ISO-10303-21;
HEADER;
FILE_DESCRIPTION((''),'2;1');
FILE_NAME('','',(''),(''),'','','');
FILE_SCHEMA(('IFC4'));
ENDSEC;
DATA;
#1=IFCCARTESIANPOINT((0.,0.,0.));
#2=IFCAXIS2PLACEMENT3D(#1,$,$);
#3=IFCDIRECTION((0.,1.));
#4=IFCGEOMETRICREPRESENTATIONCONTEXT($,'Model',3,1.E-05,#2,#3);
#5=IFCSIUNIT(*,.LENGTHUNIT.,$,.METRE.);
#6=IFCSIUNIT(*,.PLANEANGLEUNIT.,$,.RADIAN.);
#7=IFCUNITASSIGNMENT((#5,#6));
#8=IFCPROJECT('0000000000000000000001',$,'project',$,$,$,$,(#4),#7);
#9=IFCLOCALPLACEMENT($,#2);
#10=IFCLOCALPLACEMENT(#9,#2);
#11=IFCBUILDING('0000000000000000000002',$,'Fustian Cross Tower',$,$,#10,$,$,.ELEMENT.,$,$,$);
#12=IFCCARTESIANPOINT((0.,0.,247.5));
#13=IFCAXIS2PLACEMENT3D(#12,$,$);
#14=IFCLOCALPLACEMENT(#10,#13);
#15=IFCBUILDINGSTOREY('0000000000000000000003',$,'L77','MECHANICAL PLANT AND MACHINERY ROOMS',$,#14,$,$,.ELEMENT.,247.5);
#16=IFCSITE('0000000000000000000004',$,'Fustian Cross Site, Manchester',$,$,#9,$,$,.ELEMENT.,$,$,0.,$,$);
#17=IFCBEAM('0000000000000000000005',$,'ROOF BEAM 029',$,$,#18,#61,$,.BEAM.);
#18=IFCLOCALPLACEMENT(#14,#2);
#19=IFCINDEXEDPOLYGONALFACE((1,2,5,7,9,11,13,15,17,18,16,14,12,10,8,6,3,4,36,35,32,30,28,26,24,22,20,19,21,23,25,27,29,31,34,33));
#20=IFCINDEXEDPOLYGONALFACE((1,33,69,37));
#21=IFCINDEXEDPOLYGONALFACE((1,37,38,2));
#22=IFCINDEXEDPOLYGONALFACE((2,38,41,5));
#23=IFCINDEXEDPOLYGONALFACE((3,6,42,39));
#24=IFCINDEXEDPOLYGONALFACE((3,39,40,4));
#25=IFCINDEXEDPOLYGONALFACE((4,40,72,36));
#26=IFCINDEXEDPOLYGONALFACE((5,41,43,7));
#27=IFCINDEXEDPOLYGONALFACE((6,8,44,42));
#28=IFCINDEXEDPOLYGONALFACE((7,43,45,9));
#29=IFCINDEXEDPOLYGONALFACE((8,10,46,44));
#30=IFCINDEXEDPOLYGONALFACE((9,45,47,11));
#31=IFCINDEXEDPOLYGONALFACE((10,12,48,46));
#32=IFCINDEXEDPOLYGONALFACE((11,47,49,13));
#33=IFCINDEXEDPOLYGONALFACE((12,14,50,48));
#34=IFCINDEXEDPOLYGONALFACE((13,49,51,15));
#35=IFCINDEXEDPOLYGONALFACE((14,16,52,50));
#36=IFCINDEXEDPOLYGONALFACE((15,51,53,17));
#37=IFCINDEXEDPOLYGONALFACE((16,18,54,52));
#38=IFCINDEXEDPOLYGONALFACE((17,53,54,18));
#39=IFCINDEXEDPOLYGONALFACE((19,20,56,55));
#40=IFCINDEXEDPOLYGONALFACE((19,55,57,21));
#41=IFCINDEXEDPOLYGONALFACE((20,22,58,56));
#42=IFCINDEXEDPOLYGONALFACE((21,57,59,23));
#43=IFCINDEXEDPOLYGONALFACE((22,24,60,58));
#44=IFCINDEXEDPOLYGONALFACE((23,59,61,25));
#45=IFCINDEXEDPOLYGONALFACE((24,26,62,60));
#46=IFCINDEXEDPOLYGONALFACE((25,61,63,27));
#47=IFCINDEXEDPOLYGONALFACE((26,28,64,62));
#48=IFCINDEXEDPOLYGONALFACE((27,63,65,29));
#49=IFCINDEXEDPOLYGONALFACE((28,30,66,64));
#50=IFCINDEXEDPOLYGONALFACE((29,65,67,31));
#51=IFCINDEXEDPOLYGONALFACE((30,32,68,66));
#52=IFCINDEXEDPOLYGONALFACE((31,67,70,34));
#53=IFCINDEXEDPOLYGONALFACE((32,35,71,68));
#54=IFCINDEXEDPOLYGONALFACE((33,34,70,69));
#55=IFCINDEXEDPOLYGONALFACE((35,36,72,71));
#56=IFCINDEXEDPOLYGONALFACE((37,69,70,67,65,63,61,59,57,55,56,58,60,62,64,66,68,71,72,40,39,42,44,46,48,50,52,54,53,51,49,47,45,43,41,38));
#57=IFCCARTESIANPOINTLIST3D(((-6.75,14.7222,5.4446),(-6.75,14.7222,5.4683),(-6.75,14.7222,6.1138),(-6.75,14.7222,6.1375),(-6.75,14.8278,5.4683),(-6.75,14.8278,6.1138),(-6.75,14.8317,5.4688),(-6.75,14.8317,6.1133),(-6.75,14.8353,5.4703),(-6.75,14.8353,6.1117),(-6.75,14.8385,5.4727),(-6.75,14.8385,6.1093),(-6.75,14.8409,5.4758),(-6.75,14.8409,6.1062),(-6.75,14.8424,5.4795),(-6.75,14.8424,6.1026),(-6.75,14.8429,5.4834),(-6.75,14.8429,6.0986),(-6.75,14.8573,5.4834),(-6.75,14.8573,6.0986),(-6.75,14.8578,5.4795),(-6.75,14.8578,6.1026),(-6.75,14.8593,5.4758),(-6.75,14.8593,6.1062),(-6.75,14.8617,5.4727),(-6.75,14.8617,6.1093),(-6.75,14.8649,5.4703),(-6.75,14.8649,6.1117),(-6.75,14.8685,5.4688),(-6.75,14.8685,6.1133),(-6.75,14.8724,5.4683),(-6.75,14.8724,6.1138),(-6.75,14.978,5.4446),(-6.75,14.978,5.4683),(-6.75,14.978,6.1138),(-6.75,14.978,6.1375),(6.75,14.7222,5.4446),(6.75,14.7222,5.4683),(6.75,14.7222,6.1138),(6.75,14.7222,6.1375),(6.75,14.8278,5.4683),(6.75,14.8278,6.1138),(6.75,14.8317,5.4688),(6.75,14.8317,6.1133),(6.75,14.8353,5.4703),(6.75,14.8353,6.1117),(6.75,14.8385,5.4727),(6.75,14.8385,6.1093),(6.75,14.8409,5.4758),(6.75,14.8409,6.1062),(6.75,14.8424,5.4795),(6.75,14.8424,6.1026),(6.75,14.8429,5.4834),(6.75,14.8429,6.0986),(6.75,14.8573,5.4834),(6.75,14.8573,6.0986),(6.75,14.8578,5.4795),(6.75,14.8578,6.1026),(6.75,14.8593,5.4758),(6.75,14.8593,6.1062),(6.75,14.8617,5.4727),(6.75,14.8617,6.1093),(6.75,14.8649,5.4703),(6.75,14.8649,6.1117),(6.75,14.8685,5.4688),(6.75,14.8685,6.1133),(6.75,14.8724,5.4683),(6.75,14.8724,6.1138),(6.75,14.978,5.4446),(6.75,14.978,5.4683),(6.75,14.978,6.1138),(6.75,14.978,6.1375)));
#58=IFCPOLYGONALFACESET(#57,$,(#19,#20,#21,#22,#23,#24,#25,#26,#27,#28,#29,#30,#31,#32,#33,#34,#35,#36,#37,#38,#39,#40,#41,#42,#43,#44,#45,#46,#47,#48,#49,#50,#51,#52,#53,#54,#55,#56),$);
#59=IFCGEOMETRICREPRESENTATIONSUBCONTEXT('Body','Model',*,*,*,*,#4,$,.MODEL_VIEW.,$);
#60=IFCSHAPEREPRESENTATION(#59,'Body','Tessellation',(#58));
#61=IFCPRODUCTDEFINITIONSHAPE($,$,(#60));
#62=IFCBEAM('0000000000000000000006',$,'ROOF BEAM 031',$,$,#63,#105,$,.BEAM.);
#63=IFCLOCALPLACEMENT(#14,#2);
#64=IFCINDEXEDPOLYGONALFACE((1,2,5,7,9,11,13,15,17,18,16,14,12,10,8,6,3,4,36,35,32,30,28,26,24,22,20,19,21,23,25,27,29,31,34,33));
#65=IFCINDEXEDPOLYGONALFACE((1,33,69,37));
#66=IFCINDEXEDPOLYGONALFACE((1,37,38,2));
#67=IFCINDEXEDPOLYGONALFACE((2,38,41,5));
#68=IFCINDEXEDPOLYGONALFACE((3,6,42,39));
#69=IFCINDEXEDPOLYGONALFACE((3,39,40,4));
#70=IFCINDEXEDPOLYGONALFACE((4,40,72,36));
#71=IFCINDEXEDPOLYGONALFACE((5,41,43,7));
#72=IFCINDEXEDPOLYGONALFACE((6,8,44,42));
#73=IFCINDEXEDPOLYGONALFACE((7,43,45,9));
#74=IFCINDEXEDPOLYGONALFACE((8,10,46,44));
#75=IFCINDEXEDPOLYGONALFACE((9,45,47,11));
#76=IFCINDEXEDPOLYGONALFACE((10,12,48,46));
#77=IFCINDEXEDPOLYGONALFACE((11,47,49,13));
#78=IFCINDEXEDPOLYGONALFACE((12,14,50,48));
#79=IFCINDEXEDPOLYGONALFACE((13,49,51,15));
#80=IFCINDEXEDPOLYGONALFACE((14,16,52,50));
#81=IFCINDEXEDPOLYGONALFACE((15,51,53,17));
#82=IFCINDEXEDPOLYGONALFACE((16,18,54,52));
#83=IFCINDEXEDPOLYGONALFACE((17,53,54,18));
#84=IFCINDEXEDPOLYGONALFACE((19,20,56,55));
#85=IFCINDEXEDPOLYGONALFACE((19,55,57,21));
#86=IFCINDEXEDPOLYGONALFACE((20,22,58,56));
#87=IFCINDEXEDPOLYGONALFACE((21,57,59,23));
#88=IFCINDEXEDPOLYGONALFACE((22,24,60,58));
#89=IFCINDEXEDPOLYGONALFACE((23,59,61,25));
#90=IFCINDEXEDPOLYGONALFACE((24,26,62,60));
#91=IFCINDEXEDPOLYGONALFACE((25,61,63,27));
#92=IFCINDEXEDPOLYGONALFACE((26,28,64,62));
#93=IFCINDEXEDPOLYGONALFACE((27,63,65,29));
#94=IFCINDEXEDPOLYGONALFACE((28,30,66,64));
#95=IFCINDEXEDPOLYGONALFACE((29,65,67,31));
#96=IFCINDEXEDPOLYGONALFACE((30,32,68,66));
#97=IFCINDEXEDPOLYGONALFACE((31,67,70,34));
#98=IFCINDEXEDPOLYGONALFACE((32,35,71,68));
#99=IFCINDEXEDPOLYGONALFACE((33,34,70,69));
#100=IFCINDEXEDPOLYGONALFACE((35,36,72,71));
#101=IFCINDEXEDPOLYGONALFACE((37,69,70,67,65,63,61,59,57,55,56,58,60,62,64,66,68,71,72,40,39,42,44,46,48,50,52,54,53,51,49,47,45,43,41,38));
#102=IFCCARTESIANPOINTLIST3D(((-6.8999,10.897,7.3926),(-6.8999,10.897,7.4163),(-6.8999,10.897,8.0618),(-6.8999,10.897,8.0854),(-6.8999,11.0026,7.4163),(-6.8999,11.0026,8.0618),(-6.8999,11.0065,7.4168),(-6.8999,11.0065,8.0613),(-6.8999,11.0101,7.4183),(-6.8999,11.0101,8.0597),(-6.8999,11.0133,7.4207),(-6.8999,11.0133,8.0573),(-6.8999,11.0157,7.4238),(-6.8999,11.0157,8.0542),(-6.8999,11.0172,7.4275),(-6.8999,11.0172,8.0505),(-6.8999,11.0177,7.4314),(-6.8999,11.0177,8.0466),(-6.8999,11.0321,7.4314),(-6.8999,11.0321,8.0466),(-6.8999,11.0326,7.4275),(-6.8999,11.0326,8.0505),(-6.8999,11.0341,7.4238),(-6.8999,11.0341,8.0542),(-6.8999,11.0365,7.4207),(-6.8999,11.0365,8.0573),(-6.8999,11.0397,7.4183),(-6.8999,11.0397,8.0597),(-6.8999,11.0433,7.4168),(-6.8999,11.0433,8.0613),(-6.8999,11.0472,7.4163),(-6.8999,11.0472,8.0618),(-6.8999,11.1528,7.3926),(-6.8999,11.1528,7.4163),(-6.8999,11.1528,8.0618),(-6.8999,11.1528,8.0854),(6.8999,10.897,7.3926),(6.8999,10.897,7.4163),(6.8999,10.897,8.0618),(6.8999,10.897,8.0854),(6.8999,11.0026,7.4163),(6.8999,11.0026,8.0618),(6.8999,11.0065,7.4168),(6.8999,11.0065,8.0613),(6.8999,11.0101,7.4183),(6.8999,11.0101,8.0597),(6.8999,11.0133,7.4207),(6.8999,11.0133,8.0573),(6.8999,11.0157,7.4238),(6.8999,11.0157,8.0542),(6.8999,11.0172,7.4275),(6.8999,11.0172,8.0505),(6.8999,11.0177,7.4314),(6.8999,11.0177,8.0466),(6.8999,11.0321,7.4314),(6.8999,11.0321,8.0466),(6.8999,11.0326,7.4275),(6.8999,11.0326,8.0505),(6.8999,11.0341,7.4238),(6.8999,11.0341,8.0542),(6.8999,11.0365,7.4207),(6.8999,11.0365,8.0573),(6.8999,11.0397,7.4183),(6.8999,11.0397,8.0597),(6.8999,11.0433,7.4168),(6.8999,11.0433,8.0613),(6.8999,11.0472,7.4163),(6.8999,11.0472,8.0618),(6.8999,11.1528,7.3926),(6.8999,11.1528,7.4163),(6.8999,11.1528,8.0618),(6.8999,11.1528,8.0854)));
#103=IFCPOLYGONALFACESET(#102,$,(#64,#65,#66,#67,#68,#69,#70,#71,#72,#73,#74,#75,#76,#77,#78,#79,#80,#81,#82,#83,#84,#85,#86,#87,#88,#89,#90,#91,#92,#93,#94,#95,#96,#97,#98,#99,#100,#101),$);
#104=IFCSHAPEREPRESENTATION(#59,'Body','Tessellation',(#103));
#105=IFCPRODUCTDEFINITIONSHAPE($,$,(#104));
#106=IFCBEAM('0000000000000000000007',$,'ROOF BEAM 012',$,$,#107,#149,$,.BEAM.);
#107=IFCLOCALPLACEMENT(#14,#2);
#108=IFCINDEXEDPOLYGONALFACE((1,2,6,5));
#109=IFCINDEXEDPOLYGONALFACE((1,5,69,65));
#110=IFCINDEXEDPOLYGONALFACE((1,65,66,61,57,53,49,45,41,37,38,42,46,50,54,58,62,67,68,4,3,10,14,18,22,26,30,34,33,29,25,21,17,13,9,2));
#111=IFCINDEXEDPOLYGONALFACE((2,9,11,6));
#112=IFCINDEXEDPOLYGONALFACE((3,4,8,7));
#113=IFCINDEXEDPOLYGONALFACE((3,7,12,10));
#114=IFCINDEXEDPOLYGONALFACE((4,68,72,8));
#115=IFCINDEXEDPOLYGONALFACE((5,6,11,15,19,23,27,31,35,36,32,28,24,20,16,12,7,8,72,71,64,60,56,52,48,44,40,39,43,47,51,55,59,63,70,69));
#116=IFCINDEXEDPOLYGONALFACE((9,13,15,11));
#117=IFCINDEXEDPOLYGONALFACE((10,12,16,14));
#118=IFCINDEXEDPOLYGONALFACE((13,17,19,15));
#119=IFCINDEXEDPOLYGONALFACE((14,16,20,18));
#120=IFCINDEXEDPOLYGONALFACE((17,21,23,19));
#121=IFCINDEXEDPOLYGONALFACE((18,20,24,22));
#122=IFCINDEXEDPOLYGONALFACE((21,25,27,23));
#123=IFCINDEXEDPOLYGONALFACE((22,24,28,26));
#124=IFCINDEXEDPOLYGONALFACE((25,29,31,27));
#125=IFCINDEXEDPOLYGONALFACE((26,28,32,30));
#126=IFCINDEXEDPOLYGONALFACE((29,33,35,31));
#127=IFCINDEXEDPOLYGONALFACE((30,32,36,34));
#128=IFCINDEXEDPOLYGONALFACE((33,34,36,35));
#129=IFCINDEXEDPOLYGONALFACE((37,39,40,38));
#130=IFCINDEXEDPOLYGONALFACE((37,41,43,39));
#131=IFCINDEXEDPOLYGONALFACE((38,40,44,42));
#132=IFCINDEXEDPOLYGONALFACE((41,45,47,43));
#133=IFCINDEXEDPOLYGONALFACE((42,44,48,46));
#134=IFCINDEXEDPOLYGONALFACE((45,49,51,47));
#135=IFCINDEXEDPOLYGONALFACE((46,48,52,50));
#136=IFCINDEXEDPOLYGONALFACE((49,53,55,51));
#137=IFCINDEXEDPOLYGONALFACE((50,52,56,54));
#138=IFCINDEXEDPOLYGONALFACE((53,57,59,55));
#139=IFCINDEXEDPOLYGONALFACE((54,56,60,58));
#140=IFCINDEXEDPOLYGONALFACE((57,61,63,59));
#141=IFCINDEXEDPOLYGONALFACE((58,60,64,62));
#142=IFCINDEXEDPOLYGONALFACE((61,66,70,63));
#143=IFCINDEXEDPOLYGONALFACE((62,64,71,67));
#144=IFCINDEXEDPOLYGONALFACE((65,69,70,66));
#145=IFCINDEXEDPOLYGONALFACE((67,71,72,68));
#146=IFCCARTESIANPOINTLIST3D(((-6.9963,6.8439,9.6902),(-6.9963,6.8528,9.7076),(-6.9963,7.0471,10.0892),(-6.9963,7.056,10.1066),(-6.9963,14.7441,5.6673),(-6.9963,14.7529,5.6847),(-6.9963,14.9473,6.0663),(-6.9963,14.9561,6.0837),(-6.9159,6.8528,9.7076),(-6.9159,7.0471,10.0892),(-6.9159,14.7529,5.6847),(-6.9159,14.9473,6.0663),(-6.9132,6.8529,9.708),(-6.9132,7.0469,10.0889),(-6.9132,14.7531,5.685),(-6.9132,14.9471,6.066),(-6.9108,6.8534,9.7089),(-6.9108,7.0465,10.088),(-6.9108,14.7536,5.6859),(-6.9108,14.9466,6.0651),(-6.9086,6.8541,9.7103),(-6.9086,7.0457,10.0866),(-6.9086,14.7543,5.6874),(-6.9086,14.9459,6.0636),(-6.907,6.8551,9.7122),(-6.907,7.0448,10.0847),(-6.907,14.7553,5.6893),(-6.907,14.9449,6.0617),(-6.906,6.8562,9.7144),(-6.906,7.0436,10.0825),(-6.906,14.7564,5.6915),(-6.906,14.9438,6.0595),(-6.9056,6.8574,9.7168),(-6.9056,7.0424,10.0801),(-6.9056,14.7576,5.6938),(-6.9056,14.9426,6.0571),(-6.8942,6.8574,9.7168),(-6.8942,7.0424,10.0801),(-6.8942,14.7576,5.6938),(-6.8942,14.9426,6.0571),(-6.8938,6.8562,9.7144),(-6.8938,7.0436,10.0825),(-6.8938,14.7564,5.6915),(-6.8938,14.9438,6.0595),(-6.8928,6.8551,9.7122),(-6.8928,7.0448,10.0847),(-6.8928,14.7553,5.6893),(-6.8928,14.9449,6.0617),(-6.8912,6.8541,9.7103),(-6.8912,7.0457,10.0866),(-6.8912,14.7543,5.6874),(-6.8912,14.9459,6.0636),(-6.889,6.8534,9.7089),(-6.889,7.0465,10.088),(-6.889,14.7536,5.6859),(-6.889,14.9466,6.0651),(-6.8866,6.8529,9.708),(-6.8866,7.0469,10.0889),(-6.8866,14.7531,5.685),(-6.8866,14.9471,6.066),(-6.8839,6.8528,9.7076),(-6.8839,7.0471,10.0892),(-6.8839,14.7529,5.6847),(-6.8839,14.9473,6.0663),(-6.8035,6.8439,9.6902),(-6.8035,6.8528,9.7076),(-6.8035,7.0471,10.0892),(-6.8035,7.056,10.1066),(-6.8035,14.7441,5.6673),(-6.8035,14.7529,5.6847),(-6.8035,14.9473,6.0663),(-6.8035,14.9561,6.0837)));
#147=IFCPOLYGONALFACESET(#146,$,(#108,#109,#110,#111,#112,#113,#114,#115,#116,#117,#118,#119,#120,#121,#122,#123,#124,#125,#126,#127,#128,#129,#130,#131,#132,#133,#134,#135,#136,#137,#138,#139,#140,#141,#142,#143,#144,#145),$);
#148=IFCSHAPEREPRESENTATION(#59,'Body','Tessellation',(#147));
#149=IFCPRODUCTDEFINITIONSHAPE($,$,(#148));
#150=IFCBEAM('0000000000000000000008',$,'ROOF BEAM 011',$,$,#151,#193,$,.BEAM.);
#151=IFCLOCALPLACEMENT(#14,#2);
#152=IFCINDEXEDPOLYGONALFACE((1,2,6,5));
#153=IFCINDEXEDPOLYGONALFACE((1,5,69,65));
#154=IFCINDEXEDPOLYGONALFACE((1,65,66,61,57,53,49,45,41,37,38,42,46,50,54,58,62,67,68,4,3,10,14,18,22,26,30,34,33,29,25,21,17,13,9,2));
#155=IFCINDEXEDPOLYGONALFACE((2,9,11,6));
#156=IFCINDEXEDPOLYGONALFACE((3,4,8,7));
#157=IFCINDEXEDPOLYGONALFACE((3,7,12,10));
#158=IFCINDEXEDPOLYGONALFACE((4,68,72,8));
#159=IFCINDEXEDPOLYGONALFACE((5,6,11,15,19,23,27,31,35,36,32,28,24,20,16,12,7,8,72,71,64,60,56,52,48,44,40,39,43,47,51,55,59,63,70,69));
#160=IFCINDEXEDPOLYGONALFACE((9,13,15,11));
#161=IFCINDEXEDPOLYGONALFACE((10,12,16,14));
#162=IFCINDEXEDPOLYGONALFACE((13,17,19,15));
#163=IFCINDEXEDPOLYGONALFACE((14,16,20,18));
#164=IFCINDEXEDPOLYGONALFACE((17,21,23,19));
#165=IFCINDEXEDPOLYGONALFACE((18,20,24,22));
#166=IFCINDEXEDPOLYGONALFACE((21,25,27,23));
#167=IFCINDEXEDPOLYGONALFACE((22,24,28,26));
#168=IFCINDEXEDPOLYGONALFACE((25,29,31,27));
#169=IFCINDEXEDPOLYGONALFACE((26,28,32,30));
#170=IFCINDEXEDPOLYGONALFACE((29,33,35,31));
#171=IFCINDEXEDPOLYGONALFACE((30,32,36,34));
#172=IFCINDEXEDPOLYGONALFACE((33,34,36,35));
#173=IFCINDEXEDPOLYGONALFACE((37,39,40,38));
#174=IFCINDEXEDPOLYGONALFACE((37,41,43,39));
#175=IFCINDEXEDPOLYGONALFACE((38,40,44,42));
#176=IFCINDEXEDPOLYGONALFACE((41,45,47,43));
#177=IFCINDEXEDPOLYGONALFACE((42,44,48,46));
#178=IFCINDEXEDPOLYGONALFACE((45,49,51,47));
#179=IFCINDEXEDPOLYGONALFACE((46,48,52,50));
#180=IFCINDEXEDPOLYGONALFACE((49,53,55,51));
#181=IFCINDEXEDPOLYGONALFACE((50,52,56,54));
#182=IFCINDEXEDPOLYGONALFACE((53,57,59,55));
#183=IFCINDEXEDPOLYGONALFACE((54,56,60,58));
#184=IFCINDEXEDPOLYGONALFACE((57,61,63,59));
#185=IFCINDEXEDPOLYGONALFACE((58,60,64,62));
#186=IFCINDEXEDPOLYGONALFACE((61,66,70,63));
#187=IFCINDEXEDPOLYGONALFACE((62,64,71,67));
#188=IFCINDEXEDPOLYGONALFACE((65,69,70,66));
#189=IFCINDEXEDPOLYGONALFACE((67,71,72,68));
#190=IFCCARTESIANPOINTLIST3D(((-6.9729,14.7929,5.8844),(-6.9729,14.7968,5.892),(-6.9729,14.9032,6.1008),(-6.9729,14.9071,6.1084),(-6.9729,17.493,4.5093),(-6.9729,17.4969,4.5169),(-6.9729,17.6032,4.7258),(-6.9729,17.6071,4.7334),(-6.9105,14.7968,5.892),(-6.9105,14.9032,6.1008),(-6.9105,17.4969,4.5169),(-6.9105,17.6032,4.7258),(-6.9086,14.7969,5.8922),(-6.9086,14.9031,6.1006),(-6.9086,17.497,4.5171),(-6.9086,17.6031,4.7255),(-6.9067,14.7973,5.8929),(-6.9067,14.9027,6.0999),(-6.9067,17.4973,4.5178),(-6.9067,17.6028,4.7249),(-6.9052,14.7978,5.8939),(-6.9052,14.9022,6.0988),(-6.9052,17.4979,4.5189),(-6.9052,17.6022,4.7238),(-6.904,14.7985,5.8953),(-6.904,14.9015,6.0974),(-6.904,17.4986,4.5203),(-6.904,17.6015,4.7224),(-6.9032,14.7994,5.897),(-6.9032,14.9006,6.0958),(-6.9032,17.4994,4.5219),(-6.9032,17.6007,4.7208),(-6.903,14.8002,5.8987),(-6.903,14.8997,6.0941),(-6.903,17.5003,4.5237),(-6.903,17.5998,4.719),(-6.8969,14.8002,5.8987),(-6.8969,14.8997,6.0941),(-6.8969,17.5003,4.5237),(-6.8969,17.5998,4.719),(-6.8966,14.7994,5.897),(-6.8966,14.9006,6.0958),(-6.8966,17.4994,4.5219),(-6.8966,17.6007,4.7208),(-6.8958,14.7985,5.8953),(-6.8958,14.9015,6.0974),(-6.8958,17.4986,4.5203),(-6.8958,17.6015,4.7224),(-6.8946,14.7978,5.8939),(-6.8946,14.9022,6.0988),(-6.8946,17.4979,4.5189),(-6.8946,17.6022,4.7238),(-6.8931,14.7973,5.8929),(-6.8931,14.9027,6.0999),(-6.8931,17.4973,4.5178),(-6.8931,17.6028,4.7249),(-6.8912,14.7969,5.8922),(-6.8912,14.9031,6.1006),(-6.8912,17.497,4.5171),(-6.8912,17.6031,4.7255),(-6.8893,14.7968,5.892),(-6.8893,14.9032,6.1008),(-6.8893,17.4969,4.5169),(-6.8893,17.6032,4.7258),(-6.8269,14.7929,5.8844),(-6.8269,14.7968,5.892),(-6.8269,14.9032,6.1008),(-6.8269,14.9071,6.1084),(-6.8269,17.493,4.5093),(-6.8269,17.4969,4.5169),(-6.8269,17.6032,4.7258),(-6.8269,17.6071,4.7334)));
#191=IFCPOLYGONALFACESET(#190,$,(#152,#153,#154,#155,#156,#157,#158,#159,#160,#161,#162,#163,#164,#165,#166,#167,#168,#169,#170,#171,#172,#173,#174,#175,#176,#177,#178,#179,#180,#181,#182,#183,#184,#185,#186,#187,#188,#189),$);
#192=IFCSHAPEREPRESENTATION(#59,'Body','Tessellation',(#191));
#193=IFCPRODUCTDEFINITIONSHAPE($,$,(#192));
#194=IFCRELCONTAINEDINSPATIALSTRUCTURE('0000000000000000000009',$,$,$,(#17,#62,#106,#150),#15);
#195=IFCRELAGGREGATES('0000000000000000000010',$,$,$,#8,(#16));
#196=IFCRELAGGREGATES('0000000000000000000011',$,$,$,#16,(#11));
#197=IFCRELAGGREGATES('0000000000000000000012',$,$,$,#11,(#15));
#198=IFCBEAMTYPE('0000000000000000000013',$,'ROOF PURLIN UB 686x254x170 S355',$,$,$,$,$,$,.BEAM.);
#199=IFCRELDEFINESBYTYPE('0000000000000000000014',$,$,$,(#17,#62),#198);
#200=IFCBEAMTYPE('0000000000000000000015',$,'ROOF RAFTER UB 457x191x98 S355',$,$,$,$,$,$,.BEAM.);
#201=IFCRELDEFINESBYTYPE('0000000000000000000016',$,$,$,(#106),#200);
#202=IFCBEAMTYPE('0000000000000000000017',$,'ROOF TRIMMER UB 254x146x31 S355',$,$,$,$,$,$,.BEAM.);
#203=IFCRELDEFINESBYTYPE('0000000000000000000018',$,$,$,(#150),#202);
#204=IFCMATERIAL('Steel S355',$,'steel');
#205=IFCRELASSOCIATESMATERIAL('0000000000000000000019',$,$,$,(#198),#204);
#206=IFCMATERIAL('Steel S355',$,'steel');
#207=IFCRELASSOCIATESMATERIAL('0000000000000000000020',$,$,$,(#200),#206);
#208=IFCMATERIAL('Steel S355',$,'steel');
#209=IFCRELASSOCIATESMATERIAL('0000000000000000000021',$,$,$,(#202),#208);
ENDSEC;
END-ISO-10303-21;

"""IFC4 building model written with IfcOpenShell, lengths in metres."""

from ifc_helpers import new_model, si_unit, direction, frame, origin, origin_2d, place, context, subcontext, project, spatial, i_section, extrude, material, material_profile, profile_set, type_object, element, save


model = new_model("IFC4")

# Units and contexts
model_context = context("Model", 3, precision=1e-05, world=origin(), true_north=direction((0.0, 1.0)))
body_context = subcontext(model_context, "Body", "Model", "MODEL_VIEW")
ifc_project = project(units=[si_unit("LENGTHUNIT", "METRE"), si_unit("PLANEANGLEUNIT", "RADIAN")], contexts=[model_context])

# Site, building, storey
site_placement = place(None, origin())
site = spatial("IfcSite", under=ifc_project, at=site_placement, Name="Fustian Cross Site, Manchester", CompositionType="ELEMENT", RefElevation=0.0)
building_placement = place(site_placement, origin())
building = spatial("IfcBuilding", under=site, at=building_placement, Name="Fustian Cross Tower", CompositionType="ELEMENT")
storey_placement = place(building_placement, frame((0.0, 0.0, 247.5)))
storey = spatial("IfcBuildingStorey", under=building, at=storey_placement, Name="L77", Description="MECHANICAL PLANT AND MACHINERY ROOMS", CompositionType="ELEMENT", Elevation=247.5)

# Beams
ifc_material_1 = material(Name="Steel S355", Category="steel")
ifc_material_profile_1 = material_profile(ifc_material_1, i_section(OverallWidth=0.2559, OverallDepth=0.6929, WebThickness=0.0144, FlangeThickness=0.0237, FilletRadius=0.0151, at=origin_2d()), Name="UB 686x254x170")
ifc_profile_set_1 = profile_set([ifc_material_profile_1], Name="Steel S355")
beam_type_1 = type_object("IfcBeamType", Name="ROOF PURLIN UB 686x254x170 S355", PredefinedType="BEAM", material=ifc_profile_set_1)
beam_1_placement = place(storey_placement, frame((-6.75, 14.8501, 5.791), z_axis=(1.0, 0.0, 0.0), x_axis=(0.0, 1.0, 0.0)))
element("IfcBeam", 1, at=beam_1_placement, inside=storey, type_object=beam_type_1, Name="ROOF BEAM 029", PredefinedType="BEAM", context=body_context, shape_type="SweptSolid", body=[
    extrude(i_section(OverallWidth=0.2559, OverallDepth=0.6929, WebThickness=0.0144, FlangeThickness=0.0237, FilletRadius=0.0151, at=origin_2d()), origin(), (0.0, 0.0, 1.0), 13.5),
])
beam_2_placement = place(storey_placement, frame((-6.8999, 11.0249, 7.739), z_axis=(1.0, 0.0, 0.0), x_axis=(0.0, 1.0, 0.0)))
element("IfcBeam", 2, at=beam_2_placement, inside=storey, type_object=beam_type_1, Name="ROOF BEAM 031", PredefinedType="BEAM", context=body_context, shape_type="SweptSolid", body=[
    extrude(i_section(OverallWidth=0.2559, OverallDepth=0.6929, WebThickness=0.0144, FlangeThickness=0.0237, FilletRadius=0.0151, at=origin_2d()), origin(), (0.0, 0.0, 1.0), 13.7998),
])
ifc_material_2 = material(Name="Steel S355", Category="steel")
ifc_material_profile_2 = material_profile(ifc_material_2, i_section(OverallWidth=0.1929, OverallDepth=0.4673, WebThickness=0.0115, FlangeThickness=0.0195, FilletRadius=0.0103, at=origin_2d()), Name="UB 457x191x98")
ifc_profile_set_2 = profile_set([ifc_material_profile_2], Name="Steel S355")
beam_type_2 = type_object("IfcBeamType", Name="ROOF RAFTER UB 457x191x98 S355", PredefinedType="BEAM", material=ifc_profile_set_2)
beam_3_placement = place(storey_placement, frame((-6.8999, 14.8501, 5.8755), z_axis=(0.0, -0.891115, 0.453778), x_axis=(1.0, 0.0, 0.0)))
element("IfcBeam", 3, at=beam_3_placement, inside=storey, type_object=beam_type_2, Name="ROOF BEAM 012", PredefinedType="BEAM", context=body_context, shape_type="SweptSolid", body=[
    extrude(i_section(OverallWidth=0.1929, OverallDepth=0.4673, WebThickness=0.0115, FlangeThickness=0.0195, FilletRadius=0.0103, at=origin_2d()), origin(), (0.0, 0.0, 1.0), 8.8655),
])
ifc_material_3 = material(Name="Steel S355", Category="steel")
ifc_material_profile_3 = material_profile(ifc_material_3, i_section(OverallWidth=0.146, OverallDepth=0.2515, WebThickness=0.0061, FlangeThickness=0.0085, FilletRadius=0.0076, at=origin_2d()), Name="UB 254x146x31")
ifc_profile_set_3 = profile_set([ifc_material_profile_3], Name="Steel S355")
beam_type_3 = type_object("IfcBeamType", Name="ROOF TRIMMER UB 254x146x31 S355", PredefinedType="BEAM", material=ifc_profile_set_3)
beam_4_placement = place(storey_placement, frame((-6.8999, 17.55, 4.6213), z_axis=(0.0, -0.891099, 0.453809), x_axis=(1.0, 0.0, 0.0)))
element("IfcBeam", 4, at=beam_4_placement, inside=storey, type_object=beam_type_3, Name="ROOF BEAM 011", PredefinedType="BEAM", context=body_context, shape_type="SweptSolid", body=[
    extrude(i_section(OverallWidth=0.146, OverallDepth=0.2515, WebThickness=0.0061, FlangeThickness=0.0085, FilletRadius=0.0076, at=origin_2d()), origin(), (0.0, 0.0, 1.0), 3.03),
])

save(model, "model.ifc")
